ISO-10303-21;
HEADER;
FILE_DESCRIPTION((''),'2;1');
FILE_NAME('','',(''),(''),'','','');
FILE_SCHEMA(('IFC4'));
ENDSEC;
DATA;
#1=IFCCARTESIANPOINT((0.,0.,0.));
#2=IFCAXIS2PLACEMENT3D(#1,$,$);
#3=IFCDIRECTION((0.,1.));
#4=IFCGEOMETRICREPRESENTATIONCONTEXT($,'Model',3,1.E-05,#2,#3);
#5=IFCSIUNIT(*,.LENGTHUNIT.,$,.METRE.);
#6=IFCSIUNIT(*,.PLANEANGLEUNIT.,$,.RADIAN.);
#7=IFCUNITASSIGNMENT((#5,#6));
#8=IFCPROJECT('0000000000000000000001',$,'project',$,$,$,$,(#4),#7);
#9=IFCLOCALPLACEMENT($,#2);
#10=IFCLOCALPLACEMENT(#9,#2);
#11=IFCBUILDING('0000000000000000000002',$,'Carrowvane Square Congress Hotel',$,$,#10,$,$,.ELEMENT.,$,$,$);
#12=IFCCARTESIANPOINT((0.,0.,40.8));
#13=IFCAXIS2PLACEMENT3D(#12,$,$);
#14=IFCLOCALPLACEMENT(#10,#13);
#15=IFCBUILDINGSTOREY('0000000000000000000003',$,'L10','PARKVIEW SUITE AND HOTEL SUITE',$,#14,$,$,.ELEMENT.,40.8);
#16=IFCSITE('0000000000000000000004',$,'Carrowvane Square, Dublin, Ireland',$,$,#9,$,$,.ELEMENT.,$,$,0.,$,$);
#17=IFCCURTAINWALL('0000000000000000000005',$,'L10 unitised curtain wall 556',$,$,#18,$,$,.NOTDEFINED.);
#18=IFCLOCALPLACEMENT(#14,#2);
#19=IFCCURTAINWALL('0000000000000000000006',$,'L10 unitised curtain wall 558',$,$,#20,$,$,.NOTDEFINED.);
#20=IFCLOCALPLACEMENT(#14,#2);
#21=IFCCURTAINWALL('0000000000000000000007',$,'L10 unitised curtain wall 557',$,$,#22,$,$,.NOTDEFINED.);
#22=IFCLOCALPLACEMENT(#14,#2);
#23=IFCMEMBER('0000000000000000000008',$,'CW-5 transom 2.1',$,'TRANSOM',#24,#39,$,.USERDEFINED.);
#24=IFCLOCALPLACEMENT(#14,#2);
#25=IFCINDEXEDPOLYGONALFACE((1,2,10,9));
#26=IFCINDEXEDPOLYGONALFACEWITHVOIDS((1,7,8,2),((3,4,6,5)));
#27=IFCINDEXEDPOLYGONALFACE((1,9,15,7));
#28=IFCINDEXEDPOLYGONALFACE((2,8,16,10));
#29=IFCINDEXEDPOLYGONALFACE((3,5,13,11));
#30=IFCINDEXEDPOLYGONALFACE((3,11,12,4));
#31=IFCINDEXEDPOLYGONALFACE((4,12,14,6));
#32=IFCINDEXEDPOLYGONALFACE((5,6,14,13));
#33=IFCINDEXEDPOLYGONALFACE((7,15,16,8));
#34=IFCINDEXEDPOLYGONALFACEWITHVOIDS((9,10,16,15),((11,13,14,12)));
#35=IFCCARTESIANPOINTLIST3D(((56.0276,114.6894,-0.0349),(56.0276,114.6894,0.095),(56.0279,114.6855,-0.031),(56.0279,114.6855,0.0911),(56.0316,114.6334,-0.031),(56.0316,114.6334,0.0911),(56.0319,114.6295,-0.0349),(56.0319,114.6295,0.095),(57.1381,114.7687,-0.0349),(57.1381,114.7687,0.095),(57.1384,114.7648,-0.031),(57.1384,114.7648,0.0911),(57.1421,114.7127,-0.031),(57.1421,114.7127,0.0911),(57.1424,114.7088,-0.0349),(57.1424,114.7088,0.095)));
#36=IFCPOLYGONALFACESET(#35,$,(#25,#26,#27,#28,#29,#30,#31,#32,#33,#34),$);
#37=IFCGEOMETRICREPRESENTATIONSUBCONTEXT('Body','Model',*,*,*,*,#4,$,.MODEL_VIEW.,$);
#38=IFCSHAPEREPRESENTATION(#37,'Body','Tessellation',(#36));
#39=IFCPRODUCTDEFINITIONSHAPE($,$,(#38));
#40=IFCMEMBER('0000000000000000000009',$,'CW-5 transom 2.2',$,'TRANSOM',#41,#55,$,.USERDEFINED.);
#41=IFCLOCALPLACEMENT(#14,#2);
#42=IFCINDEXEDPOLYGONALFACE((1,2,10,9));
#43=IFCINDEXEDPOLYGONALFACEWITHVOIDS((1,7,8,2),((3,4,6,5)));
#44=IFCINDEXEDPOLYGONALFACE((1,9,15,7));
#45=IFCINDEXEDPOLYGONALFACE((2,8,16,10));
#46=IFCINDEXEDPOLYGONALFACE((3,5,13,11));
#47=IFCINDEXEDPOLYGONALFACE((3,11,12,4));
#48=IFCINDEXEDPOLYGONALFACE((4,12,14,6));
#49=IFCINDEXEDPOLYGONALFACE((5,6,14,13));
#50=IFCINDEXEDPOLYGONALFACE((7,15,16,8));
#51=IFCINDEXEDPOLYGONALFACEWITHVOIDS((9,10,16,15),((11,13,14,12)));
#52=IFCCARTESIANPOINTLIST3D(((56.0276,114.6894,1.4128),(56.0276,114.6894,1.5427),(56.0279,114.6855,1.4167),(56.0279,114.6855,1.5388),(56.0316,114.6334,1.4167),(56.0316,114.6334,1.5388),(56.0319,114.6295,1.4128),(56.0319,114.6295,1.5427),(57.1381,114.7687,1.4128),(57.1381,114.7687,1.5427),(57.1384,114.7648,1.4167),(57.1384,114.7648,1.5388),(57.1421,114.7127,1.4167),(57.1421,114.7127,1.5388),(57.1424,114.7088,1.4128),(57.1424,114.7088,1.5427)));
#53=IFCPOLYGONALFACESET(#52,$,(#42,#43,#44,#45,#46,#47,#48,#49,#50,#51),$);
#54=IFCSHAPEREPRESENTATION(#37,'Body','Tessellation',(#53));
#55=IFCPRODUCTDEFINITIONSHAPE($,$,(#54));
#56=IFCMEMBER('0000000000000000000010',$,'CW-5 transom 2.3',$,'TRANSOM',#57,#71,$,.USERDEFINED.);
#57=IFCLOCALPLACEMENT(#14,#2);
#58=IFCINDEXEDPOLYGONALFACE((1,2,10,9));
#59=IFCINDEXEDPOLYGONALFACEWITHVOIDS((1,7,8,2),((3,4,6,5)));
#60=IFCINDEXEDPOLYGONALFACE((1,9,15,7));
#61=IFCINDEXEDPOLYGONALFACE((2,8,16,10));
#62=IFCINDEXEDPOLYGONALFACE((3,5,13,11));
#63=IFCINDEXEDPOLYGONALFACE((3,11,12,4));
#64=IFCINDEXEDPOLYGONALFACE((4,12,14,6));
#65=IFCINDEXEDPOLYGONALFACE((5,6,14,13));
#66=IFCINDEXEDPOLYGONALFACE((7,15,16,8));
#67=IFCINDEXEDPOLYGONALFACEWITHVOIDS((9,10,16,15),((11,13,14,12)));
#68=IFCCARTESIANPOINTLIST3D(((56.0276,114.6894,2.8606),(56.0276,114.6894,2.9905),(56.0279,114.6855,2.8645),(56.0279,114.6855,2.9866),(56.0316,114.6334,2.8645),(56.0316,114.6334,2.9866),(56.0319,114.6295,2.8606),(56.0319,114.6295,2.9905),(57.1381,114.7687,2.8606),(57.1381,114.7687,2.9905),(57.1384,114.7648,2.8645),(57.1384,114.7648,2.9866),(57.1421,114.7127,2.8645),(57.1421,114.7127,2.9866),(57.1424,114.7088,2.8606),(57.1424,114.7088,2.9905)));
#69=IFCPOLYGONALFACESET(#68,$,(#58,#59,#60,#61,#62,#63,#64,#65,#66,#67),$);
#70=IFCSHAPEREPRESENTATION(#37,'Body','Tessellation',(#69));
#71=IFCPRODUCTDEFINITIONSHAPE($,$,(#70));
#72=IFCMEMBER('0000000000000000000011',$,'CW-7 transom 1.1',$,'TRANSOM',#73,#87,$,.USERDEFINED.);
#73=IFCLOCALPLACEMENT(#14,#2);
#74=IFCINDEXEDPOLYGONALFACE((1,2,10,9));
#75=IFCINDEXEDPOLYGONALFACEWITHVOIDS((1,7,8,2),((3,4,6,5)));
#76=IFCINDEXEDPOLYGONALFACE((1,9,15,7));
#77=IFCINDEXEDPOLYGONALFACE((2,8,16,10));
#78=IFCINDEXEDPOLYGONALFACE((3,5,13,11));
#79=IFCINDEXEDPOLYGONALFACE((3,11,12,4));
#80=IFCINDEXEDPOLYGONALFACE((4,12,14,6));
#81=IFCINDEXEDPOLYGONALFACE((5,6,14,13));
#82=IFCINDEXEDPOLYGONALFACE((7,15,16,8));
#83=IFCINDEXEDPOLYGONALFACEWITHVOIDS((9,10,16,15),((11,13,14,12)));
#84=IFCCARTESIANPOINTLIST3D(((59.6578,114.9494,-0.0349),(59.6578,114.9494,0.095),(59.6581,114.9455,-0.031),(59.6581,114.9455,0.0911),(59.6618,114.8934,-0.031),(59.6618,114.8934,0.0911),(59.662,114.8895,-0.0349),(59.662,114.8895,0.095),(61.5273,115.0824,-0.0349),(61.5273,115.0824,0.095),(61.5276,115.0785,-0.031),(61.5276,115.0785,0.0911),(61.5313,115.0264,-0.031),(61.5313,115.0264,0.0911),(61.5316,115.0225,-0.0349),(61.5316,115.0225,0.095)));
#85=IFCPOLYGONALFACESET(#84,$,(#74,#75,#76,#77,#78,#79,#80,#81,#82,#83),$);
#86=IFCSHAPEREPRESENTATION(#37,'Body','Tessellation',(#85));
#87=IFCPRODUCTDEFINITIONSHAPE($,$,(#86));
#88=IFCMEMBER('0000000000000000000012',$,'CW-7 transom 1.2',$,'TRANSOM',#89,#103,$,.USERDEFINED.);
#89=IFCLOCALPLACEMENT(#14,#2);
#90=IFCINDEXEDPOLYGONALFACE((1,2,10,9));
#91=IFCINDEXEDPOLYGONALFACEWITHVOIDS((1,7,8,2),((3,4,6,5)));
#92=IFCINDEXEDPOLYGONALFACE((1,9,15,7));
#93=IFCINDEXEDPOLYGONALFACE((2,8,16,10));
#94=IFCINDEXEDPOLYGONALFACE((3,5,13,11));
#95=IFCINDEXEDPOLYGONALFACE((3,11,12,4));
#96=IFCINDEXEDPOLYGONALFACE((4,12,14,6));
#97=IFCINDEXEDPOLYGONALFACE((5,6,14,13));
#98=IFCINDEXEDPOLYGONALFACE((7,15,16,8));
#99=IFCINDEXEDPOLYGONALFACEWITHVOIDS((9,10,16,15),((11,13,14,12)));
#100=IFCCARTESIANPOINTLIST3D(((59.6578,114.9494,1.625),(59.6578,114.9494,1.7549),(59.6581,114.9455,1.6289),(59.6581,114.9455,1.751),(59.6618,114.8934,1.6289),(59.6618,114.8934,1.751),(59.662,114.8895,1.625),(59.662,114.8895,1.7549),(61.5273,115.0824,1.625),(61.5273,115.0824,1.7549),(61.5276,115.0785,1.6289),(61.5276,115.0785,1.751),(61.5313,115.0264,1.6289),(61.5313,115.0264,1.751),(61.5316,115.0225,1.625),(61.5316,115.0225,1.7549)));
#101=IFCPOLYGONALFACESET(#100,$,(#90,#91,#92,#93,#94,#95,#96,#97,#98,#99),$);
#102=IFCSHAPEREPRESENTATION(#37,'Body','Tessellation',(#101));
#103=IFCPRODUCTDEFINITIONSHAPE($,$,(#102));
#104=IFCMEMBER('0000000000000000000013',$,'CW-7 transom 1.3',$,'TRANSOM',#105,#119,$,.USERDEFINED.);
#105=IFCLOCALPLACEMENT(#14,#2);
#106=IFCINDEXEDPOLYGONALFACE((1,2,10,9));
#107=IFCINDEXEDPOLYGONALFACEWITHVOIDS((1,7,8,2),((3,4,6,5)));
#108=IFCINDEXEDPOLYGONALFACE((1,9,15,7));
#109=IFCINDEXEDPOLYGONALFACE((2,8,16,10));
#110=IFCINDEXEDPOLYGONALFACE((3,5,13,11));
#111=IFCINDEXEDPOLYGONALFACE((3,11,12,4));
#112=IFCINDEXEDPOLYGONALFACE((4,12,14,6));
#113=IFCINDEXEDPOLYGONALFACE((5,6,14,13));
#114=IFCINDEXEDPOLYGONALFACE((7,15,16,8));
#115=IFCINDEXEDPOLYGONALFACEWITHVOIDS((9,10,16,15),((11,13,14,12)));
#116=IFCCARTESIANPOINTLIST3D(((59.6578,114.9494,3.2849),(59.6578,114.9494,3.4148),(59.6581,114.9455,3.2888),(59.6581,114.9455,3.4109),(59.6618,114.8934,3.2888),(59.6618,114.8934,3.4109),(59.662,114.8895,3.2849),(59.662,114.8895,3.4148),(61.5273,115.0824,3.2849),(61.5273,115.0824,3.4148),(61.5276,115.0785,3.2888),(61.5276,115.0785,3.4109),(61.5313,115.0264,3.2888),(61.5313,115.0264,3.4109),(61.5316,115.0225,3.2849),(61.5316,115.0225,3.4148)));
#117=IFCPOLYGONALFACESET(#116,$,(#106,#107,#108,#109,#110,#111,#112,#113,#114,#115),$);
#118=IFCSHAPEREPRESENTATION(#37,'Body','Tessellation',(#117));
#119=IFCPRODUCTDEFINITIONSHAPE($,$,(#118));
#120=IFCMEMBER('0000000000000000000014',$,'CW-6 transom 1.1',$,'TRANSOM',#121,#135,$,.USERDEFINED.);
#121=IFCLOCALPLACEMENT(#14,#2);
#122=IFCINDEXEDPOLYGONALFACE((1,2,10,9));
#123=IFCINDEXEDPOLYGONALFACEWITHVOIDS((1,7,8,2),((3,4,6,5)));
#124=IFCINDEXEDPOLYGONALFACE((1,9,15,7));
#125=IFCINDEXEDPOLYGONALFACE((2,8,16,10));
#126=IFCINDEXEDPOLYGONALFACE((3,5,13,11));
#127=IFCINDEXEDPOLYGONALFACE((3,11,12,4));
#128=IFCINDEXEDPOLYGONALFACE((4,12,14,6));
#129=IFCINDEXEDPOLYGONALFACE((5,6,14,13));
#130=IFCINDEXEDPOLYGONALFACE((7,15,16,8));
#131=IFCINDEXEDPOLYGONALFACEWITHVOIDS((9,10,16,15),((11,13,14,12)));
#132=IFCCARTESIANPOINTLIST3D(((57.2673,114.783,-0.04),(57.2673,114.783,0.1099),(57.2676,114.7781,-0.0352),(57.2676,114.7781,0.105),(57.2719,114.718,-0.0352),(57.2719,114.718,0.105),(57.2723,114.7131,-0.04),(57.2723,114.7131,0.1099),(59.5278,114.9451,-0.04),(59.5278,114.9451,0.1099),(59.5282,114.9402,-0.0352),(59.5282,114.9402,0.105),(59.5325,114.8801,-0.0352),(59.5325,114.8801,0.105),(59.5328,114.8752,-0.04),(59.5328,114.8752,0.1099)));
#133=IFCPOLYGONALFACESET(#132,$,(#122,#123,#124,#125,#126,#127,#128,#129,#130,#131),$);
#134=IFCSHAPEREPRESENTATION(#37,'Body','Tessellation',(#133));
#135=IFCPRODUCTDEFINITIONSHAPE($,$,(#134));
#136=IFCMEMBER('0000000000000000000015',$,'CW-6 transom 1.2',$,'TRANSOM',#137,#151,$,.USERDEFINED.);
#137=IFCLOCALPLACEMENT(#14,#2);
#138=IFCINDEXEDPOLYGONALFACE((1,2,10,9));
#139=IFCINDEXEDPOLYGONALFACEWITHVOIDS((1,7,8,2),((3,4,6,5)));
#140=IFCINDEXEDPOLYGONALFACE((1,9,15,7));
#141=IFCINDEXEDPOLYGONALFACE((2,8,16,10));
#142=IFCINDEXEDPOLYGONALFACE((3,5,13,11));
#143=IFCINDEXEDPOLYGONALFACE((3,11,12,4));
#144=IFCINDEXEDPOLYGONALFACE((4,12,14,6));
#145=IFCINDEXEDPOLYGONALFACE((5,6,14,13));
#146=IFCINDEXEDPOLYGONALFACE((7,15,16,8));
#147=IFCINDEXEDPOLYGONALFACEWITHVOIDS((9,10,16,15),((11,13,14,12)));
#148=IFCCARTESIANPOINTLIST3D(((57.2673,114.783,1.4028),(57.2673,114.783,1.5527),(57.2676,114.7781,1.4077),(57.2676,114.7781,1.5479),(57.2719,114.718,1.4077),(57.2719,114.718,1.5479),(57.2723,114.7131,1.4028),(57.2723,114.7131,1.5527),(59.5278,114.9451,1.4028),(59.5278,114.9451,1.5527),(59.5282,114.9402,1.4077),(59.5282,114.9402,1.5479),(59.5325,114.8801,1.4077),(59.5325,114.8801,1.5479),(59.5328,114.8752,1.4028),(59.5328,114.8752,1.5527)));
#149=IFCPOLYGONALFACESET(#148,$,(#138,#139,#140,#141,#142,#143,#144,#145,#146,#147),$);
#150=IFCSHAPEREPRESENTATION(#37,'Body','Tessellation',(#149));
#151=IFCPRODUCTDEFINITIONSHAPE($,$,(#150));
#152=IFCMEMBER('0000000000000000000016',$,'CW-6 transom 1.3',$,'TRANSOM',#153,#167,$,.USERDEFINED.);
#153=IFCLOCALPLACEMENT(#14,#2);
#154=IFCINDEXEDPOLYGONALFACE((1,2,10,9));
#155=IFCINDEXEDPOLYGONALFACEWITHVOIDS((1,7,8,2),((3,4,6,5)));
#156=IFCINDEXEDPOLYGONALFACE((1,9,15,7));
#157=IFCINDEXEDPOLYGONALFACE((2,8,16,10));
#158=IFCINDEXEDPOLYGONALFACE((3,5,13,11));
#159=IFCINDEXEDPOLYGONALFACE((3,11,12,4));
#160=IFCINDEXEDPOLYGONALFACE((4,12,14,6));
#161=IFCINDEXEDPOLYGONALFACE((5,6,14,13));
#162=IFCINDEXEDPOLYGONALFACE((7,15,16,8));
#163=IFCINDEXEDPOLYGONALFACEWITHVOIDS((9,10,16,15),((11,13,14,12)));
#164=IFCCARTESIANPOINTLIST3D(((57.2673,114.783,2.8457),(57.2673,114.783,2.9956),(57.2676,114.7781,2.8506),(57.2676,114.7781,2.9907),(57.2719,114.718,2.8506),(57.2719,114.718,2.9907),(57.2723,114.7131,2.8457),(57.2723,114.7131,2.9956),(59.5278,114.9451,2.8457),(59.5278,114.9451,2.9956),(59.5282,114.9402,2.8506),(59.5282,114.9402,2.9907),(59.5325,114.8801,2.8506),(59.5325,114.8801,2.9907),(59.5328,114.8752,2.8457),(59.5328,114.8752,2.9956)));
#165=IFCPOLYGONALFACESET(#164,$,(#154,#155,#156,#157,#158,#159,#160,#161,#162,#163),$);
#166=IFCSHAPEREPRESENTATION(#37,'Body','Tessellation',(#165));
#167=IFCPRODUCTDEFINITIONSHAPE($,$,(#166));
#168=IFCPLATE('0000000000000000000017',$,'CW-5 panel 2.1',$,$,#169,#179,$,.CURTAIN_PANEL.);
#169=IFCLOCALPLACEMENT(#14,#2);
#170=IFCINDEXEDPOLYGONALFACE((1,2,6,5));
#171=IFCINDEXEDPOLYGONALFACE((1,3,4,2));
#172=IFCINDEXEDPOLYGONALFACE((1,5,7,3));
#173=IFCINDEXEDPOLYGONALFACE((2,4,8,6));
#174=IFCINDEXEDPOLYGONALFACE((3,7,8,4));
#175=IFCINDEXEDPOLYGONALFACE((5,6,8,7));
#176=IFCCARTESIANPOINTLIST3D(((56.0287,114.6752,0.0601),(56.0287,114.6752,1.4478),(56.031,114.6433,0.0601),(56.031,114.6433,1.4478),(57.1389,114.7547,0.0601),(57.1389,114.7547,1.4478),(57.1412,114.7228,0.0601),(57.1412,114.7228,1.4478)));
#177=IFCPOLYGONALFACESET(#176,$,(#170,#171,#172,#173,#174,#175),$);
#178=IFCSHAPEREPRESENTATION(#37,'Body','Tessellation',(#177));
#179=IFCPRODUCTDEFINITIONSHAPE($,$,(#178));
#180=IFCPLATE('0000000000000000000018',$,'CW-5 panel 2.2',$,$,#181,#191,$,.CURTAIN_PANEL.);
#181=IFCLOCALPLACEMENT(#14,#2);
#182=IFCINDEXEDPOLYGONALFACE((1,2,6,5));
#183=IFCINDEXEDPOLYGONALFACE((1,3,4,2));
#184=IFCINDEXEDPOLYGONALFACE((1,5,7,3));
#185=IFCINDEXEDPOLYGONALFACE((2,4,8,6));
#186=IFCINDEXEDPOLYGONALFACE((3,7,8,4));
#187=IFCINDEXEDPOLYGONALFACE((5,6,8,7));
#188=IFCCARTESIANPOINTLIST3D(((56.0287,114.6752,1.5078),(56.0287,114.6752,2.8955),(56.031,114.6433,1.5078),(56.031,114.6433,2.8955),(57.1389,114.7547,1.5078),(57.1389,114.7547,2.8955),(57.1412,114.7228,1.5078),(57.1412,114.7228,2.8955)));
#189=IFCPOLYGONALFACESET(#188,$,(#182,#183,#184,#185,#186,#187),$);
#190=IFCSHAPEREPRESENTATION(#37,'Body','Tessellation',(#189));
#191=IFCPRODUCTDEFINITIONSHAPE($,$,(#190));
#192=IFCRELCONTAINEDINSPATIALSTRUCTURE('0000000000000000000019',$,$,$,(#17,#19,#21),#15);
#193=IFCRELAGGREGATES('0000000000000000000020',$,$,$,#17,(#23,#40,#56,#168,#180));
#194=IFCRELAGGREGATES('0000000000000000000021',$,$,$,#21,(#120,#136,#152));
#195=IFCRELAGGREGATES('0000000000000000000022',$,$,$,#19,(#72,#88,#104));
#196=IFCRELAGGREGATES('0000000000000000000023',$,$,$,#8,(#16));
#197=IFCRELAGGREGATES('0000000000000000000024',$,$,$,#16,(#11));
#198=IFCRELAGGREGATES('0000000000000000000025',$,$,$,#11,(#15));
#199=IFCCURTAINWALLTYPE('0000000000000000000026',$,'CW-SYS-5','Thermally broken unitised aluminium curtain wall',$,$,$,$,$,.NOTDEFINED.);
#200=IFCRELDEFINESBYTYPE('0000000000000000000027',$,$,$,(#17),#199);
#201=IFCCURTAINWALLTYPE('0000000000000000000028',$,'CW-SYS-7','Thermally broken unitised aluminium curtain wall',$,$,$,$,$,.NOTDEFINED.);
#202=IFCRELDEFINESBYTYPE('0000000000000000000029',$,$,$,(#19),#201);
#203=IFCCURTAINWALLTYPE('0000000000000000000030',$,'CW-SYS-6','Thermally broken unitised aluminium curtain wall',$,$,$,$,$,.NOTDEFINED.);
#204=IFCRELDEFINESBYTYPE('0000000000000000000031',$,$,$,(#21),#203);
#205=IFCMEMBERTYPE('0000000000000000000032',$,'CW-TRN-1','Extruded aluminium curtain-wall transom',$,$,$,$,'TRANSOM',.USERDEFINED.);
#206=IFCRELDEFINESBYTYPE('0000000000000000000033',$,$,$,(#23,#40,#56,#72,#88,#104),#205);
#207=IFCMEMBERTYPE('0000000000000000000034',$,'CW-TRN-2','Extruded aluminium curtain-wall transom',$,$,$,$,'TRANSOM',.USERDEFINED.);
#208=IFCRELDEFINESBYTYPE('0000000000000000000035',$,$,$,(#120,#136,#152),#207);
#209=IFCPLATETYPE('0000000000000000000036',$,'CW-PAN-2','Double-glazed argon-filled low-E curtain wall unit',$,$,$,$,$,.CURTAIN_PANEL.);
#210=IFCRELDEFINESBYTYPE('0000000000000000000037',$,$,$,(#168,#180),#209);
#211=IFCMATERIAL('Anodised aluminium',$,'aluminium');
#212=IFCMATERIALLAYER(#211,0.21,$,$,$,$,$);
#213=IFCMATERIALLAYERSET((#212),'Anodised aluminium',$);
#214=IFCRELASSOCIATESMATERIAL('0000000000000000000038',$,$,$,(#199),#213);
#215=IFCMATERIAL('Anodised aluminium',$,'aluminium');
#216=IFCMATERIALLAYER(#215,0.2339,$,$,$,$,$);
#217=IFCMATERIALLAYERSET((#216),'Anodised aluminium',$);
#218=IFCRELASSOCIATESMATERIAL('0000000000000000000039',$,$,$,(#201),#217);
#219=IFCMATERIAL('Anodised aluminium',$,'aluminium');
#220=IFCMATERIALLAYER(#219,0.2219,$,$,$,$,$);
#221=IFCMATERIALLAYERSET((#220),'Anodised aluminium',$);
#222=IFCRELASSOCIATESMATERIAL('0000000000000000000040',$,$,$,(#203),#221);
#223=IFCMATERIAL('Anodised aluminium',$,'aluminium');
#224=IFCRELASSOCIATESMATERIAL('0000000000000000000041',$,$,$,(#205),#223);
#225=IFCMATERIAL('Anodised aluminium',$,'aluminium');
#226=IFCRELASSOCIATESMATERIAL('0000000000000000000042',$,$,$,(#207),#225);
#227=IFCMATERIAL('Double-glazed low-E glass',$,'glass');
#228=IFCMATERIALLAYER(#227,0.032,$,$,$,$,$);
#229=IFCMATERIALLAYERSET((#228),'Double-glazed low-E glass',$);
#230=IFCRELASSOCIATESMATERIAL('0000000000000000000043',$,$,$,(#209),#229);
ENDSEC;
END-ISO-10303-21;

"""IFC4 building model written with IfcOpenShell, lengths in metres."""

from ifc_helpers import new_model, si_unit, direction, frame, origin, origin_2d, place, context, subcontext, project, spatial, rectangle, hollow_rectangle, extrude, material, layer, layer_set, material_profile, profile_set, type_object, element, aggregate, save


model = new_model("IFC4")

# Units and contexts
model_context = context("Model", 3, precision=1e-05, world=origin(), true_north=direction((0.0, 1.0)))
body_context = subcontext(model_context, "Body", "Model", "MODEL_VIEW")
ifc_project = project(units=[si_unit("LENGTHUNIT", "METRE"), si_unit("PLANEANGLEUNIT", "RADIAN")], contexts=[model_context])

# Site, building, storey
site_placement = place(None, origin())
site = spatial("IfcSite", under=ifc_project, at=site_placement, Name="Carrowvane Square, Dublin, Ireland", CompositionType="ELEMENT", RefElevation=0.0)
building_placement = place(site_placement, origin())
building = spatial("IfcBuilding", under=site, at=building_placement, Name="Carrowvane Square Congress Hotel", CompositionType="ELEMENT")
storey_placement = place(building_placement, frame((0.0, 0.0, 40.8)))
storey = spatial("IfcBuildingStorey", under=building, at=storey_placement, Name="L10", Description="PARKVIEW SUITE AND HOTEL SUITE", CompositionType="ELEMENT", Elevation=40.8)

# Curtain wall
ifc_material_1 = material(Name="Anodised aluminium", Category="aluminium")
ifc_layer_1 = layer(ifc_material_1, 0.21)
ifc_layer_set_1 = layer_set([ifc_layer_1], Name="Anodised aluminium")
curtain_wall_type_1 = type_object("IfcCurtainWallType", Name="CW-SYS-5", Description="Thermally broken unitised aluminium curtain wall", PredefinedType="NOTDEFINED", material=ifc_layer_set_1)
curtain_wall_1_placement = place(storey_placement, origin())
curtain_wall_1 = element("IfcCurtainWall", 1, at=curtain_wall_1_placement, inside=storey, type_object=curtain_wall_type_1, Name="L10 unitised curtain wall 556", PredefinedType="NOTDEFINED")

# Curtain walls
ifc_material_2 = material(Name="Anodised aluminium", Category="aluminium")
ifc_layer_2 = layer(ifc_material_2, 0.2339)
ifc_layer_set_2 = layer_set([ifc_layer_2], Name="Anodised aluminium")
curtain_wall_type_2 = type_object("IfcCurtainWallType", Name="CW-SYS-7", Description="Thermally broken unitised aluminium curtain wall", PredefinedType="NOTDEFINED", material=ifc_layer_set_2)
curtain_wall_2_placement = place(storey_placement, origin())
curtain_wall_2 = element("IfcCurtainWall", 2, at=curtain_wall_2_placement, inside=storey, type_object=curtain_wall_type_2, Name="L10 unitised curtain wall 558", PredefinedType="NOTDEFINED")
ifc_material_3 = material(Name="Anodised aluminium", Category="aluminium")
ifc_layer_3 = layer(ifc_material_3, 0.2219)
ifc_layer_set_3 = layer_set([ifc_layer_3], Name="Anodised aluminium")
curtain_wall_type_3 = type_object("IfcCurtainWallType", Name="CW-SYS-6", Description="Thermally broken unitised aluminium curtain wall", PredefinedType="NOTDEFINED", material=ifc_layer_set_3)
curtain_wall_3_placement = place(storey_placement, origin())
curtain_wall_3 = element("IfcCurtainWall", 3, at=curtain_wall_3_placement, inside=storey, type_object=curtain_wall_type_3, Name="L10 unitised curtain wall 557", PredefinedType="NOTDEFINED")

# Members
ifc_material_4 = material(Name="Anodised aluminium", Category="aluminium")
ifc_material_profile_1 = material_profile(ifc_material_4, hollow_rectangle(XDim=0.0601, YDim=0.1299, WallThickness=0.0039, at=origin_2d()), Name="CW-TR 60x130x4")
ifc_profile_set_1 = profile_set([ifc_material_profile_1], Name="Anodised aluminium")
member_type_1 = type_object("IfcMemberType", Name="CW-TRN-1", Description="Extruded aluminium curtain-wall transom", ElementType="TRANSOM", PredefinedType="USERDEFINED", material=ifc_profile_set_1)
member_1_placement = place(storey_placement, frame((56.0298, 114.6594, 0.03), z_axis=(0.997456, 0.071278, 0.0), x_axis=(-0.071278, 0.997456, 0.0)))
member_1 = element("IfcMember", 4, at=member_1_placement, type_object=member_type_1, Name="CW-5 transom 2.1", ObjectType="TRANSOM", PredefinedType="USERDEFINED", context=body_context, shape_type="SweptSolid", body=[
    extrude(hollow_rectangle(XDim=0.0601, YDim=0.1299, WallThickness=0.0039, at=origin_2d()), origin(), (0.0, 0.0, 1.0), 1.1133),
])
member_2_placement = place(storey_placement, frame((56.0298, 114.6594, 1.4778), z_axis=(0.997456, 0.071278, 0.0), x_axis=(-0.071278, 0.997456, 0.0)))
member_2 = element("IfcMember", 5, at=member_2_placement, type_object=member_type_1, Name="CW-5 transom 2.2", ObjectType="TRANSOM", PredefinedType="USERDEFINED", context=body_context, shape_type="SweptSolid", body=[
    extrude(hollow_rectangle(XDim=0.0601, YDim=0.1299, WallThickness=0.0039, at=origin_2d()), origin(), (0.0, 0.0, 1.0), 1.1133),
])
member_3_placement = place(storey_placement, frame((56.0298, 114.6594, 2.9255), z_axis=(0.997456, 0.071278, 0.0), x_axis=(-0.071278, 0.997456, 0.0)))
member_3 = element("IfcMember", 6, at=member_3_placement, type_object=member_type_1, Name="CW-5 transom 2.3", ObjectType="TRANSOM", PredefinedType="USERDEFINED", context=body_context, shape_type="SweptSolid", body=[
    extrude(hollow_rectangle(XDim=0.0601, YDim=0.1299, WallThickness=0.0039, at=origin_2d()), origin(), (0.0, 0.0, 1.0), 1.1133),
])
member_4_placement = place(storey_placement, frame((59.6599, 114.9194, 0.03), z_axis=(0.997477, 0.070988, 0.0), x_axis=(-0.070988, 0.997477, 0.0)))
member_4 = element("IfcMember", 7, at=member_4_placement, type_object=member_type_1, Name="CW-7 transom 1.1", ObjectType="TRANSOM", PredefinedType="USERDEFINED", context=body_context, shape_type="SweptSolid", body=[
    extrude(hollow_rectangle(XDim=0.0601, YDim=0.1299, WallThickness=0.0039, at=origin_2d()), origin(), (0.0, 0.0, 1.0), 1.8743),
])
member_5_placement = place(storey_placement, frame((59.6599, 114.9194, 1.6899), z_axis=(0.997477, 0.070988, 0.0), x_axis=(-0.070988, 0.997477, 0.0)))
member_5 = element("IfcMember", 8, at=member_5_placement, type_object=member_type_1, Name="CW-7 transom 1.2", ObjectType="TRANSOM", PredefinedType="USERDEFINED", context=body_context, shape_type="SweptSolid", body=[
    extrude(hollow_rectangle(XDim=0.0601, YDim=0.1299, WallThickness=0.0039, at=origin_2d()), origin(), (0.0, 0.0, 1.0), 1.8743),
])
member_6_placement = place(storey_placement, frame((59.6599, 114.9194, 3.3499), z_axis=(0.997477, 0.070988, 0.0), x_axis=(-0.070988, 0.997477, 0.0)))
member_6 = element("IfcMember", 9, at=member_6_placement, type_object=member_type_1, Name="CW-7 transom 1.3", ObjectType="TRANSOM", PredefinedType="USERDEFINED", context=body_context, shape_type="SweptSolid", body=[
    extrude(hollow_rectangle(XDim=0.0601, YDim=0.1299, WallThickness=0.0039, at=origin_2d()), origin(), (0.0, 0.0, 1.0), 1.8743),
])
ifc_material_5 = material(Name="Anodised aluminium", Category="aluminium")
ifc_material_profile_2 = material_profile(ifc_material_5, hollow_rectangle(XDim=0.0701, YDim=0.1499, WallThickness=0.0049, at=origin_2d()), Name="CW-TR 70x150x5")
ifc_profile_set_2 = profile_set([ifc_material_profile_2], Name="Anodised aluminium")
member_type_2 = type_object("IfcMemberType", Name="CW-TRN-2", Description="Extruded aluminium curtain-wall transom", ElementType="TRANSOM", PredefinedType="USERDEFINED", material=ifc_profile_set_2)
member_7_placement = place(storey_placement, frame((57.2698, 114.748, 0.0349), z_axis=(0.997438, 0.07153, 0.0), x_axis=(-0.07153, 0.997438, 0.0)))
member_7 = element("IfcMember", 10, at=member_7_placement, type_object=member_type_2, Name="CW-6 transom 1.1", ObjectType="TRANSOM", PredefinedType="USERDEFINED", context=body_context, shape_type="SweptSolid", body=[
    extrude(hollow_rectangle(XDim=0.0701, YDim=0.1499, WallThickness=0.0049, at=origin_2d()), origin(), (0.0, 0.0, 1.0), 2.2664),
])
member_8_placement = place(storey_placement, frame((57.2698, 114.748, 1.4778), z_axis=(0.997438, 0.07153, 0.0), x_axis=(-0.07153, 0.997438, 0.0)))
member_8 = element("IfcMember", 11, at=member_8_placement, type_object=member_type_2, Name="CW-6 transom 1.2", ObjectType="TRANSOM", PredefinedType="USERDEFINED", context=body_context, shape_type="SweptSolid", body=[
    extrude(hollow_rectangle(XDim=0.0701, YDim=0.1499, WallThickness=0.0049, at=origin_2d()), origin(), (0.0, 0.0, 1.0), 2.2664),
])
member_9_placement = place(storey_placement, frame((57.2698, 114.748, 2.9207), z_axis=(0.997438, 0.07153, 0.0), x_axis=(-0.07153, 0.997438, 0.0)))
member_9 = element("IfcMember", 12, at=member_9_placement, type_object=member_type_2, Name="CW-6 transom 1.3", ObjectType="TRANSOM", PredefinedType="USERDEFINED", context=body_context, shape_type="SweptSolid", body=[
    extrude(hollow_rectangle(XDim=0.0701, YDim=0.1499, WallThickness=0.0049, at=origin_2d()), origin(), (0.0, 0.0, 1.0), 2.2664),
])

# Plates
ifc_material_6 = material(Name="Double-glazed low-E glass", Category="glass")
ifc_layer_4 = layer(ifc_material_6, 0.032)
ifc_layer_set_4 = layer_set([ifc_layer_4], Name="Double-glazed low-E glass")
plate_type_1 = type_object("IfcPlateType", Name="CW-PAN-2", Description="Double-glazed argon-filled low-E curtain wall unit", PredefinedType="CURTAIN_PANEL", material=ifc_layer_set_4)
plate_1_placement = place(storey_placement, frame((56.585, 114.699, 0.0601), z_axis=(0.0, 0.0, 1.0), x_axis=(0.997446, 0.071418, 0.0)))
plate_1 = element("IfcPlate", 13, at=plate_1_placement, type_object=plate_type_1, Name="CW-5 panel 2.1", PredefinedType="CURTAIN_PANEL", context=body_context, shape_type="SweptSolid", body=[
    extrude(rectangle(XDim=1.113, YDim=0.032, at=origin_2d()), origin(), (0.0, 0.0, 1.0), 1.3877),
])
plate_2_placement = place(storey_placement, frame((56.585, 114.699, 1.5078), z_axis=(0.0, 0.0, 1.0), x_axis=(0.997446, 0.071418, 0.0)))
plate_2 = element("IfcPlate", 14, at=plate_2_placement, type_object=plate_type_1, Name="CW-5 panel 2.2", PredefinedType="CURTAIN_PANEL", context=body_context, shape_type="SweptSolid", body=[
    extrude(rectangle(XDim=1.113, YDim=0.032, at=origin_2d()), origin(), (0.0, 0.0, 1.0), 1.3877),
])
aggregate(curtain_wall_1, [member_1, member_2, member_3, plate_1, plate_2])
aggregate(curtain_wall_3, [member_7, member_8, member_9])
aggregate(curtain_wall_2, [member_4, member_5, member_6])

save(model, "model.ifc")
